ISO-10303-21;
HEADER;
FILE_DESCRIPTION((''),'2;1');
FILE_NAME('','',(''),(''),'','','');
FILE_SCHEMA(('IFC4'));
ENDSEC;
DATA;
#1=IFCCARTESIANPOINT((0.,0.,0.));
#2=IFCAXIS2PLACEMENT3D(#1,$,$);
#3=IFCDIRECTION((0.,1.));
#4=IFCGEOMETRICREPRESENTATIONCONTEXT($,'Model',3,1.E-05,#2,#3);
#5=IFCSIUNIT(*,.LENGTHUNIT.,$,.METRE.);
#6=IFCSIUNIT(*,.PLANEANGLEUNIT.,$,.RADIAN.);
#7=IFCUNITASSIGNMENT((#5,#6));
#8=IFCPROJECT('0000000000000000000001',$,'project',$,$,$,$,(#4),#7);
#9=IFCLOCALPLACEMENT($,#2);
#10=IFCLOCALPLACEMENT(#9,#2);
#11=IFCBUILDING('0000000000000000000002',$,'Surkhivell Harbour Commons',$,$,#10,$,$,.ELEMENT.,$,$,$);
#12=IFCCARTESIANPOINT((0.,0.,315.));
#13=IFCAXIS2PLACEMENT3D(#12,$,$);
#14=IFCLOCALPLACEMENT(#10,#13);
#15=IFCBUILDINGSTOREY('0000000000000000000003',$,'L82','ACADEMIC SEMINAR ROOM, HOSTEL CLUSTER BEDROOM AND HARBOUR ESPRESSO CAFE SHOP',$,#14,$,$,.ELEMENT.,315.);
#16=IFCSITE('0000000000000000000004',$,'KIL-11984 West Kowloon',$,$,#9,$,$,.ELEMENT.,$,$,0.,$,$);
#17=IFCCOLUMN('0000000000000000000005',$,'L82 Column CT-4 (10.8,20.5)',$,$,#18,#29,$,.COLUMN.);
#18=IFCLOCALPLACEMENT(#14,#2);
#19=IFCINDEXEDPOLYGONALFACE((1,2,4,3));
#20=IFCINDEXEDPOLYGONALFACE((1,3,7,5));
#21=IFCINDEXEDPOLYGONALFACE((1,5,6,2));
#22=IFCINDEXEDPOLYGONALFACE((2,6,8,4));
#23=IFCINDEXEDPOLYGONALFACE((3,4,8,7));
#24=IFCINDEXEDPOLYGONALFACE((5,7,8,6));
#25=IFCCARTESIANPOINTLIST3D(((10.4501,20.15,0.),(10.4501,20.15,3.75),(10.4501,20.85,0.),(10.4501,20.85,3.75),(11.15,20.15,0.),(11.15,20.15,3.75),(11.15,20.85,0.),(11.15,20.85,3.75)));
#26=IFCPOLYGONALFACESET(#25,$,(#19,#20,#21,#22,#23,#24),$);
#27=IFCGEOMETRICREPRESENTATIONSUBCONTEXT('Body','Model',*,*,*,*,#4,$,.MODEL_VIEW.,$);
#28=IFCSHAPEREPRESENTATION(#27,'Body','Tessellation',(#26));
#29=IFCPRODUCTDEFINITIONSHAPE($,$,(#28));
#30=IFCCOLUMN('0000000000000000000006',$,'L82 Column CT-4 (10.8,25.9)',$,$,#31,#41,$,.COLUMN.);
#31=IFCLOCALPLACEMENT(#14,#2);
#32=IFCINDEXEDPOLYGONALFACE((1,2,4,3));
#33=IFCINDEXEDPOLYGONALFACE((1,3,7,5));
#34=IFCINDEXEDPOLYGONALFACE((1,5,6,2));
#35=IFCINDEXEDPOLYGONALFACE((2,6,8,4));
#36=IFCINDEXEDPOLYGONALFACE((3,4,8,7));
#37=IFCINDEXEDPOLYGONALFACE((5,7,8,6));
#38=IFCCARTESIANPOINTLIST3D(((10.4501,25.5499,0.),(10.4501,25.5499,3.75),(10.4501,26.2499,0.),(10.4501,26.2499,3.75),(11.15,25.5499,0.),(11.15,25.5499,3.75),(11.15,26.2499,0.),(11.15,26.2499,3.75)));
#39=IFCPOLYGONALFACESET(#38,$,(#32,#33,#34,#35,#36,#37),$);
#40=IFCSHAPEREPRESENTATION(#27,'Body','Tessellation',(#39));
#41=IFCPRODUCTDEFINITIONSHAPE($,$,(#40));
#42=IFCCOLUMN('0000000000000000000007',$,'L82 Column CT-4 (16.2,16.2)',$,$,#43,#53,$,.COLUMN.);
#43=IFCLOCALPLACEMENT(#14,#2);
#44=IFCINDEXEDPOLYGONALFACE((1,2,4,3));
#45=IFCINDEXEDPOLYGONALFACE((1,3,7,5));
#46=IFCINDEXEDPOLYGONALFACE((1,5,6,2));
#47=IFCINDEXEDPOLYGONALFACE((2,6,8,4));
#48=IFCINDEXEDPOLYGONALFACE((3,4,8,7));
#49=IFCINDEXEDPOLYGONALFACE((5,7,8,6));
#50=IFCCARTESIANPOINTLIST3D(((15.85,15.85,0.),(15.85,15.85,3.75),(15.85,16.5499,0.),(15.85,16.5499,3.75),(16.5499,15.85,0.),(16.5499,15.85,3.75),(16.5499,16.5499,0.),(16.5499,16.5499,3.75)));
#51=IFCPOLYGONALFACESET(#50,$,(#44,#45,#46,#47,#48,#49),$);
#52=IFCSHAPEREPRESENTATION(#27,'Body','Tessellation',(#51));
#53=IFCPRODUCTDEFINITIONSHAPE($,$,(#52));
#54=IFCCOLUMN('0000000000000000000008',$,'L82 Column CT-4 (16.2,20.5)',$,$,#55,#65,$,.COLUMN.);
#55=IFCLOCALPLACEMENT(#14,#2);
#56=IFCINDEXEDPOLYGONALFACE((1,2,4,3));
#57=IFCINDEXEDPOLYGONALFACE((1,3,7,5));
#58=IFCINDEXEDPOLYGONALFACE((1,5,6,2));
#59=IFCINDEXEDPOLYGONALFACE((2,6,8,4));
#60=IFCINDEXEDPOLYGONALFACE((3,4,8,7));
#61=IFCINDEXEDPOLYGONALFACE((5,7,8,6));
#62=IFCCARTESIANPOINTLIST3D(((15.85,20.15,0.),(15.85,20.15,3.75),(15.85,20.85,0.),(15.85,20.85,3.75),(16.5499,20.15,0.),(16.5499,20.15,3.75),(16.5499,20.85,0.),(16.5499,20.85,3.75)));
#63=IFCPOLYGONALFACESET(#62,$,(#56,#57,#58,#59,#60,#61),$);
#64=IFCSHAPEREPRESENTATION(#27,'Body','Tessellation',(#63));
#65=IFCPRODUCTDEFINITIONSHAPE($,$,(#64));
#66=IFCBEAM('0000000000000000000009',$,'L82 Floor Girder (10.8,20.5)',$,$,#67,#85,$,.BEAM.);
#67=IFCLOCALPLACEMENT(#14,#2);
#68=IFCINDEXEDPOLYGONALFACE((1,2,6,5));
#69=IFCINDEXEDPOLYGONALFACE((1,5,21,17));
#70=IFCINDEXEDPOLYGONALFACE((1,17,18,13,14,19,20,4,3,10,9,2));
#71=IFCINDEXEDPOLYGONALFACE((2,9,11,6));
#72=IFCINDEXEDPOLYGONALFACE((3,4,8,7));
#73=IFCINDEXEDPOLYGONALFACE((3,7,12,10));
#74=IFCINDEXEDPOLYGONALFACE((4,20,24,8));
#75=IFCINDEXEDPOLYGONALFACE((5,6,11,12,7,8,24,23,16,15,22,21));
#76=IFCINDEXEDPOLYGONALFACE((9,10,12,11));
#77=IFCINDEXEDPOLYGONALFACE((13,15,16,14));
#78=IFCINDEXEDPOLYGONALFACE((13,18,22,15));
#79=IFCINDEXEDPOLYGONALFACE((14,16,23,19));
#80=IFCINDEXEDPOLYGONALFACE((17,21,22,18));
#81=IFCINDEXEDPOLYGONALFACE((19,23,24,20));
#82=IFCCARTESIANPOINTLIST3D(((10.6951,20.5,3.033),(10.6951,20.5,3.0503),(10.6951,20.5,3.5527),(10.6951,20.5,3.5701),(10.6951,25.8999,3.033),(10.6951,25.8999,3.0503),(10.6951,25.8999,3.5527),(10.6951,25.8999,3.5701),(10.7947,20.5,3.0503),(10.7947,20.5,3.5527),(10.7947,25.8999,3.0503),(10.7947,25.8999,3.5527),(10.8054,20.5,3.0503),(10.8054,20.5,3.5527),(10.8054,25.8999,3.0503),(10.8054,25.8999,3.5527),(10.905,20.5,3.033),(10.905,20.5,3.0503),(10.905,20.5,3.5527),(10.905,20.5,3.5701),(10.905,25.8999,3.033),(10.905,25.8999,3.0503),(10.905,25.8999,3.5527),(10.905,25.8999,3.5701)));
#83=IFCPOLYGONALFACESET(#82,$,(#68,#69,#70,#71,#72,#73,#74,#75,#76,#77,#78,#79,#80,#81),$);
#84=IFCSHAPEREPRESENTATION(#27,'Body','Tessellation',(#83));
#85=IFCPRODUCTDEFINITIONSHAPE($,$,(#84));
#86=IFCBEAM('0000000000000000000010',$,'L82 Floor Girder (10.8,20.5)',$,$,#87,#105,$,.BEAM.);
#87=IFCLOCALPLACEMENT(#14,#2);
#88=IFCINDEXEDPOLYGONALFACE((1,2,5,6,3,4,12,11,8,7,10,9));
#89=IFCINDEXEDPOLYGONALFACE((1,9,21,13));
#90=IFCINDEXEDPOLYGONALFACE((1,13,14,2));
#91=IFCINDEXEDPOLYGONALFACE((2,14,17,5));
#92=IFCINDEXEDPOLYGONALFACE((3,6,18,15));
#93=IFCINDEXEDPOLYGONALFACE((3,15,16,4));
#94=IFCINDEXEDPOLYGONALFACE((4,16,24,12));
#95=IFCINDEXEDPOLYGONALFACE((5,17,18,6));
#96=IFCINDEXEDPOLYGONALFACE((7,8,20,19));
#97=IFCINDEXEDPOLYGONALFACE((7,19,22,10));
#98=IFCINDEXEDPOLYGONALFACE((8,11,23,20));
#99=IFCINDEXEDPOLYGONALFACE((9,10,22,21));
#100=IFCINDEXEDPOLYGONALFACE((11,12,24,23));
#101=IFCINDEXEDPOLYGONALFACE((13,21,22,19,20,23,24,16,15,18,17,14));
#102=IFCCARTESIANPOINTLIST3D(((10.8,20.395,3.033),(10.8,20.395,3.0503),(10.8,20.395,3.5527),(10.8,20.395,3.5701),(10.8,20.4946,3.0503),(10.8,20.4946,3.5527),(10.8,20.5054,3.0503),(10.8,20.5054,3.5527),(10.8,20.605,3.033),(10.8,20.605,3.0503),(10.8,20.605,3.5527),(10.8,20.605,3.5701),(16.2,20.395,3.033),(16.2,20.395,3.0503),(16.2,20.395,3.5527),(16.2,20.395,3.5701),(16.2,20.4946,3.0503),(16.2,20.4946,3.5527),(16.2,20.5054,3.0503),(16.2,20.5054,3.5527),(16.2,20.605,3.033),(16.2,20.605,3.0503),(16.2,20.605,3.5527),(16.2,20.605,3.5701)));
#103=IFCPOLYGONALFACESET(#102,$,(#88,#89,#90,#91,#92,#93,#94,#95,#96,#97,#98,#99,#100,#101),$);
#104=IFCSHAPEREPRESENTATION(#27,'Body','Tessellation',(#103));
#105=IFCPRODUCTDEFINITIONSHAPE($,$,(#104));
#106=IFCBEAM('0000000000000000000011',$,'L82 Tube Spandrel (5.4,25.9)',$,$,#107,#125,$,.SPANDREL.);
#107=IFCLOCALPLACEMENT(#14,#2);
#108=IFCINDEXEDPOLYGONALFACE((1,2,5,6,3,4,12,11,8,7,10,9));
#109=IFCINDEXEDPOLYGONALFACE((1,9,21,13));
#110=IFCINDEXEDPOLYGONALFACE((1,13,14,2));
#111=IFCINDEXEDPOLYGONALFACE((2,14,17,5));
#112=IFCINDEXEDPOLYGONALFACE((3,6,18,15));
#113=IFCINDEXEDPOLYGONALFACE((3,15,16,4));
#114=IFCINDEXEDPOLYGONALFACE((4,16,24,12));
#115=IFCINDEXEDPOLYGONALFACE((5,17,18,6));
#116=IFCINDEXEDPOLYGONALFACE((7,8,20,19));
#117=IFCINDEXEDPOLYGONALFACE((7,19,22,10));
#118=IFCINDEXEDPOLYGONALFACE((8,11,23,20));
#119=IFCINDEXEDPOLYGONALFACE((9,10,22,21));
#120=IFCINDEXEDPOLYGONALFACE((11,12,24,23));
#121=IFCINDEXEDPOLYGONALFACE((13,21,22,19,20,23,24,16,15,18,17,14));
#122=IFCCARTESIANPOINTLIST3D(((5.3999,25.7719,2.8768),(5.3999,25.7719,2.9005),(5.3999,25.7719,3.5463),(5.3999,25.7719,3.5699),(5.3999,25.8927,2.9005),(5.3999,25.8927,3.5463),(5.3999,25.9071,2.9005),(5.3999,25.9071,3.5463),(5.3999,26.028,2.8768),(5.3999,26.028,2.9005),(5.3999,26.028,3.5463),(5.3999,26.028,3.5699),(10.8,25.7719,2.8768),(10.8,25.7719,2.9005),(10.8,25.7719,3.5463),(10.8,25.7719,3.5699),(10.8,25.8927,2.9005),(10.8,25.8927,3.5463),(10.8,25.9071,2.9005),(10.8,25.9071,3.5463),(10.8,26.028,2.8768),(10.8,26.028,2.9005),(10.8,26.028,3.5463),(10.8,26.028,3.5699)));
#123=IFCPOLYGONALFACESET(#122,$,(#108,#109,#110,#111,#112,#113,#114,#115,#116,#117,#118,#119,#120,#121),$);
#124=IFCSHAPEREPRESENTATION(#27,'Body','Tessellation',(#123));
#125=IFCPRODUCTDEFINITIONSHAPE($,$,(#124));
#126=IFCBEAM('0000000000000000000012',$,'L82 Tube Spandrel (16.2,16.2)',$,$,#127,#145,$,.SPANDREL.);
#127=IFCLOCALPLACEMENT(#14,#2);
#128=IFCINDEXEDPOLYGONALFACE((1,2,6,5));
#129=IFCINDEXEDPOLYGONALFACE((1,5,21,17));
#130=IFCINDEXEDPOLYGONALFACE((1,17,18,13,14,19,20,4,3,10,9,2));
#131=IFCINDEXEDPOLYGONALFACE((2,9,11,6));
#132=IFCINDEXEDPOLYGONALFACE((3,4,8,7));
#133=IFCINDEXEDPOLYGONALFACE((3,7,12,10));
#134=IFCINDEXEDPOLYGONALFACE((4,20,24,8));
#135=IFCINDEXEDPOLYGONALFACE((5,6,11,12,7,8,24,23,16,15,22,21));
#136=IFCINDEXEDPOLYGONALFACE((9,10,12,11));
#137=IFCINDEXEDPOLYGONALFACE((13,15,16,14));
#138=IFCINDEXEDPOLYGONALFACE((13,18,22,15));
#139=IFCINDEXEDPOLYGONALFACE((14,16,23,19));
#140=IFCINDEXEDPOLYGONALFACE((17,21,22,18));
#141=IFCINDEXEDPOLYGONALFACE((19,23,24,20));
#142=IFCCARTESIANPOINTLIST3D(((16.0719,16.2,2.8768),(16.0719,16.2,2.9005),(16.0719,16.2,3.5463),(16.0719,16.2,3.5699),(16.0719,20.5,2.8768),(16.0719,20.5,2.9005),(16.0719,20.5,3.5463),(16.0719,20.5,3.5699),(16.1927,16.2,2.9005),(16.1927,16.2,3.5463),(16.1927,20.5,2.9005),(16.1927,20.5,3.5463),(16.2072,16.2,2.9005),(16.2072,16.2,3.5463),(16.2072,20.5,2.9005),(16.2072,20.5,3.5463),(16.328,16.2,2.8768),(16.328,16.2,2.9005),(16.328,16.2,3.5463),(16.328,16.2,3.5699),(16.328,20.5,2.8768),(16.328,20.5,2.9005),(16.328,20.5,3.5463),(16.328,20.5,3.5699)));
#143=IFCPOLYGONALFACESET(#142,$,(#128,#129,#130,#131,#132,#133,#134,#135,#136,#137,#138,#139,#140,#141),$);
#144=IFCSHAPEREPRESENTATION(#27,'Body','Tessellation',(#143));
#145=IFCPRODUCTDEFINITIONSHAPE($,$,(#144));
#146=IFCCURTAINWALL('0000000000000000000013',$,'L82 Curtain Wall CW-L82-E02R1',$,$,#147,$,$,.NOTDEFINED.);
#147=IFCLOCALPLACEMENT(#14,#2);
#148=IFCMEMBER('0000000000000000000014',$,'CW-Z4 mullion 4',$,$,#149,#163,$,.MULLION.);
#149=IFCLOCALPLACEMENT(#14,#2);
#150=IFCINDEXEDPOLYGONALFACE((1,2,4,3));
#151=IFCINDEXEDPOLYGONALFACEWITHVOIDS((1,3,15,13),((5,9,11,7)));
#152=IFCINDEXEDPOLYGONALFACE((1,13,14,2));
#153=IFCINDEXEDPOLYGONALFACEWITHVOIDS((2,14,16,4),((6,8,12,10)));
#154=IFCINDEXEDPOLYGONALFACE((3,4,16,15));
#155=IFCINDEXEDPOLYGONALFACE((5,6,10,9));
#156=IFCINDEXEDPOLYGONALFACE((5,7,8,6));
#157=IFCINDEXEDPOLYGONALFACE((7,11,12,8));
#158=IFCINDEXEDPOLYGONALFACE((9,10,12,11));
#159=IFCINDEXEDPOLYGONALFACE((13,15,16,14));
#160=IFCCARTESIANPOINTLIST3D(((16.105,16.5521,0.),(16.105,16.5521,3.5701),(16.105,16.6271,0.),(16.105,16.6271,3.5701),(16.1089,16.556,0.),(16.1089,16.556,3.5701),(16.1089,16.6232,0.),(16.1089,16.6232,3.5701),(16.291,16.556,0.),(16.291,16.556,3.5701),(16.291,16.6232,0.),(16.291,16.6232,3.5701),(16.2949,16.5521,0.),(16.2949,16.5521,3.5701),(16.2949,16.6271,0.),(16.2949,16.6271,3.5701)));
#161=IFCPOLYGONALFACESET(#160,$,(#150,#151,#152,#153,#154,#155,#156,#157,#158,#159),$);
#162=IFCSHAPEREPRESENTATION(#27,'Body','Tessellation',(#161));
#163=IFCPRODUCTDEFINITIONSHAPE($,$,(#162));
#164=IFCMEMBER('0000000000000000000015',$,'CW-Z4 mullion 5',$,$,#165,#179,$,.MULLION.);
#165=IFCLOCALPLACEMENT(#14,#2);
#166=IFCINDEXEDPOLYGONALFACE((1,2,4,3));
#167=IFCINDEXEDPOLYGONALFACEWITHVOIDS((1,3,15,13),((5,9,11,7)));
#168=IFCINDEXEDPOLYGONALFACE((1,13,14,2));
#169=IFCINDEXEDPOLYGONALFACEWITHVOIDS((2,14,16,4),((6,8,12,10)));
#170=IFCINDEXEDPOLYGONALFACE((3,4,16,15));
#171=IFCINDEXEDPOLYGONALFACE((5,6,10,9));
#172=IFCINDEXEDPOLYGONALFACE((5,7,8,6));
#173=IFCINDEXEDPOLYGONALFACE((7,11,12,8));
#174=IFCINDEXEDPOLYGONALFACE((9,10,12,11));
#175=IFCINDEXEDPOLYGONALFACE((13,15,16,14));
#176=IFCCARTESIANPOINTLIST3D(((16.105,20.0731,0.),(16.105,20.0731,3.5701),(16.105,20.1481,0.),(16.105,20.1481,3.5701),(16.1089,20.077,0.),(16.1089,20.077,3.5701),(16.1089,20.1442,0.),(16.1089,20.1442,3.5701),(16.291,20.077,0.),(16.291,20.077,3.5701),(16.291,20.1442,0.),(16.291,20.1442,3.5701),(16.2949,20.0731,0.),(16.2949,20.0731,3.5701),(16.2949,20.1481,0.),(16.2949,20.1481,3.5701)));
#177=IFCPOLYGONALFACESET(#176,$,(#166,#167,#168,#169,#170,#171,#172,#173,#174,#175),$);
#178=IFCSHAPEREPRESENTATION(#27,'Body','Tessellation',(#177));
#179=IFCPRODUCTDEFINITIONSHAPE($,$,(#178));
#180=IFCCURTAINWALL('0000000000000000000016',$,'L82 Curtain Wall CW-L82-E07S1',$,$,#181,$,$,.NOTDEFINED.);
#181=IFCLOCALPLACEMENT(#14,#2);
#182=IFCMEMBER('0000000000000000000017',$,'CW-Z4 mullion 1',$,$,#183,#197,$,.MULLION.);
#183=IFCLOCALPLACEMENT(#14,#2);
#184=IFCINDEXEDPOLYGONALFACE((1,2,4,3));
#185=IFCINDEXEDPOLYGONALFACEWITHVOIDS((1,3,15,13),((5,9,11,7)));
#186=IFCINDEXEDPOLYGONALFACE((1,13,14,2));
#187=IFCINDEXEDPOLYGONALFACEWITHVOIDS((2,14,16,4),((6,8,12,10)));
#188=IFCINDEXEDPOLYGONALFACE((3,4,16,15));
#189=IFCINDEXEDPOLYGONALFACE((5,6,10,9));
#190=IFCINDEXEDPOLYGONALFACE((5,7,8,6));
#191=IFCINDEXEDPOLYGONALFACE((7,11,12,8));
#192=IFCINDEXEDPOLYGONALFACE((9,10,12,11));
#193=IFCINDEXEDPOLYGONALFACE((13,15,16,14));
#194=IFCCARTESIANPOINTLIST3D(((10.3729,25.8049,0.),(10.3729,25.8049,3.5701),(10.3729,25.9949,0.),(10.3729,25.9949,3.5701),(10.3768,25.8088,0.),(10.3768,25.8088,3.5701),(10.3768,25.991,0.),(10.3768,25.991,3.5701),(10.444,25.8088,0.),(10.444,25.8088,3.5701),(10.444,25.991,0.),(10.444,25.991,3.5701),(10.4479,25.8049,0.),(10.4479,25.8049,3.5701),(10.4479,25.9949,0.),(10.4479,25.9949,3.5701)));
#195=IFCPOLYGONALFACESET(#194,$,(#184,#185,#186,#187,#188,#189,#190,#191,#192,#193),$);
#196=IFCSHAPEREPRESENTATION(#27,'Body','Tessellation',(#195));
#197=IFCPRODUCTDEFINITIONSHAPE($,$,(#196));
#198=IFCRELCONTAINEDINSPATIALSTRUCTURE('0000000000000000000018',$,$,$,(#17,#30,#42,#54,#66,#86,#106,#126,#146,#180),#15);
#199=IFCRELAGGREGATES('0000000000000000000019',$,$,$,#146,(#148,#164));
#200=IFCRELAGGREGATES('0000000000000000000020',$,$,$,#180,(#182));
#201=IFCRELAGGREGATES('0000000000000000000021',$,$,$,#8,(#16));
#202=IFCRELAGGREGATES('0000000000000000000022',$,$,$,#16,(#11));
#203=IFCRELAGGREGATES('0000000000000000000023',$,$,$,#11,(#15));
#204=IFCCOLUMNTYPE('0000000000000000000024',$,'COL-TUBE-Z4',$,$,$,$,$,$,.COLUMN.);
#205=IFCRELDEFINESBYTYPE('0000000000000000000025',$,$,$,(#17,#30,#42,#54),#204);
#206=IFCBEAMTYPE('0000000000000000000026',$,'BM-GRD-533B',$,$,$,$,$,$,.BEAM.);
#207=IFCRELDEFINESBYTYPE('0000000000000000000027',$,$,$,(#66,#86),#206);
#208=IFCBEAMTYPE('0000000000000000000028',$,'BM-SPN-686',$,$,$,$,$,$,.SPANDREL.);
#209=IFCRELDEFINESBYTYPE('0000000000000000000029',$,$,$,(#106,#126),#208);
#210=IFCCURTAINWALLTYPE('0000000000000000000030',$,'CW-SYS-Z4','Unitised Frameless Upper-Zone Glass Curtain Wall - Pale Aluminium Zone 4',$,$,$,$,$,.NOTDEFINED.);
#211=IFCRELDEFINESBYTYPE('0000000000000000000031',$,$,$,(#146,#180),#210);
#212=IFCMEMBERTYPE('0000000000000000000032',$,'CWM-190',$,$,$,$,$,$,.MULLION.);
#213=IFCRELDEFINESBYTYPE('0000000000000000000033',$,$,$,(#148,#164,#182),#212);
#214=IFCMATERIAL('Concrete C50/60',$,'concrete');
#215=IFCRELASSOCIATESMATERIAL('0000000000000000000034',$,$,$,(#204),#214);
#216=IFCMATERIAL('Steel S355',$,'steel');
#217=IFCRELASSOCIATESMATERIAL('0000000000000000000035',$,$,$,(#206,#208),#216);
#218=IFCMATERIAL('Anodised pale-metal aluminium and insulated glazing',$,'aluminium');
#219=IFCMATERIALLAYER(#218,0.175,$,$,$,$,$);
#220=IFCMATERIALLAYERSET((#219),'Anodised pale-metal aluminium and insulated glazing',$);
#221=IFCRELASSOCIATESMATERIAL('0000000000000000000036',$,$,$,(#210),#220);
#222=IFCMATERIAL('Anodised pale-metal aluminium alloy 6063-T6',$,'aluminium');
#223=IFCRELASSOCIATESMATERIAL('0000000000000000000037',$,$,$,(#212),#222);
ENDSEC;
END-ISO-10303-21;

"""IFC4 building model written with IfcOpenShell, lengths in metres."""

from ifc_helpers import new_model, si_unit, direction, frame, origin, origin_2d, place, context, subcontext, project, spatial, rectangle, hollow_rectangle, i_section, extrude, material, layer, layer_set, material_profile, profile_set, type_object, element, aggregate, save


model = new_model("IFC4")

# Units and contexts
model_context = context("Model", 3, precision=1e-05, world=origin(), true_north=direction((0.0, 1.0)))
body_context = subcontext(model_context, "Body", "Model", "MODEL_VIEW")
ifc_project = project(units=[si_unit("LENGTHUNIT", "METRE"), si_unit("PLANEANGLEUNIT", "RADIAN")], contexts=[model_context])

# Site, building, storey
site_placement = place(None, origin())
site = spatial("IfcSite", under=ifc_project, at=site_placement, Name="KIL-11984 West Kowloon", CompositionType="ELEMENT", RefElevation=0.0)
building_placement = place(site_placement, origin())
building = spatial("IfcBuilding", under=site, at=building_placement, Name="Surkhivell Harbour Commons", CompositionType="ELEMENT")
storey_placement = place(building_placement, frame((0.0, 0.0, 315.0)))
storey = spatial("IfcBuildingStorey", under=building, at=storey_placement, Name="L82", Description="ACADEMIC SEMINAR ROOM, HOSTEL CLUSTER BEDROOM AND HARBOUR ESPRESSO CAFE SHOP", CompositionType="ELEMENT", Elevation=315.0)

# Columns
ifc_material_1 = material(Name="Concrete C50/60", Category="concrete")
ifc_material_profile_1 = material_profile(ifc_material_1, rectangle(XDim=0.7, YDim=0.7, at=origin_2d()), Name="RC-COL-700x700")
ifc_profile_set_1 = profile_set([ifc_material_profile_1], Name="Concrete C50/60")
column_type = type_object("IfcColumnType", Name="COL-TUBE-Z4", PredefinedType="COLUMN", material=ifc_profile_set_1)
for number, where, z_axis, x_axis, name in (
    (1, (10.8, 20.5, 0.0), (0.0, 0.0, 1.0), (1.0, 0.0, 0.0), "L82 Column CT-4 (10.8,20.5)"),
    (2, (10.8, 25.8999, 0.0), (0.0, 0.0, 1.0), (1.0, 0.0, 0.0), "L82 Column CT-4 (10.8,25.9)"),
    (3, (16.2, 16.2, 0.0), (0.0, 0.0, 1.0), (1.0, 0.0, 0.0), "L82 Column CT-4 (16.2,16.2)"),
    (4, (16.2, 20.5, 0.0), (0.0, 0.0, 1.0), (1.0, 0.0, 0.0), "L82 Column CT-4 (16.2,20.5)"),
):
    element("IfcColumn", number, at=place(storey_placement, frame(where, z_axis=z_axis, x_axis=x_axis)), inside=storey, type_object=column_type, Name=name, PredefinedType="COLUMN", context=body_context, shape_type="SweptSolid", body=[
        extrude(rectangle(XDim=0.7, YDim=0.7, at=origin_2d()), origin(), (0.0, 0.0, 1.0), 3.75),
    ])

# Beams
ifc_material_2 = material(Name="Steel S355", Category="steel")
ifc_material_profile_2 = material_profile(ifc_material_2, i_section(OverallWidth=0.21, OverallDepth=0.5371, WebThickness=0.0107, FlangeThickness=0.0173, at=origin_2d()), Name="UB533x210x101")
ifc_profile_set_2 = profile_set([ifc_material_profile_2], Name="Steel S355")
beam_type_1 = type_object("IfcBeamType", Name="BM-GRD-533B", PredefinedType="BEAM", material=ifc_profile_set_2)
for number, where, z_axis, x_axis, name in (
    (5, (10.8, 20.5, 3.3015), (0.0, 1.0, 0.0), (-1.0, 0.0, 0.0), "L82 Floor Girder (10.8,20.5)"),
    (6, (10.8, 20.5, 3.3015), (1.0, 0.0, 0.0), (0.0, 1.0, 0.0), "L82 Floor Girder (10.8,20.5)"),
):
    element("IfcBeam", number, at=place(storey_placement, frame(where, z_axis=z_axis, x_axis=x_axis)), inside=storey, type_object=beam_type_1, Name=name, PredefinedType="BEAM", context=body_context, shape_type="SweptSolid", body=[
        extrude(i_section(OverallWidth=0.21, OverallDepth=0.5371, WebThickness=0.0107, FlangeThickness=0.0173, at=origin_2d()), origin(), (0.0, 0.0, 1.0), 5.3999),
    ])
ifc_material_profile_3 = material_profile(ifc_material_2, i_section(OverallWidth=0.2561, OverallDepth=0.6931, WebThickness=0.0144, FlangeThickness=0.0237, at=origin_2d()), Name="UB686x254x170")
ifc_profile_set_3 = profile_set([ifc_material_profile_3], Name="Steel S355")
beam_type_2 = type_object("IfcBeamType", Name="BM-SPN-686", PredefinedType="SPANDREL", material=ifc_profile_set_3)
beam_1_placement = place(storey_placement, frame((5.3999, 25.8999, 3.2234), z_axis=(1.0, 0.0, 0.0), x_axis=(0.0, 1.0, 0.0)))
element("IfcBeam", 7, at=beam_1_placement, inside=storey, type_object=beam_type_2, Name="L82 Tube Spandrel (5.4,25.9)", PredefinedType="SPANDREL", context=body_context, shape_type="SweptSolid", body=[
    extrude(i_section(OverallWidth=0.2561, OverallDepth=0.6931, WebThickness=0.0144, FlangeThickness=0.0237, at=origin_2d()), origin(), (0.0, 0.0, 1.0), 5.4001),
])
beam_2_placement = place(storey_placement, frame((16.2, 16.2, 3.2234), z_axis=(0.0, 1.0, 0.0), x_axis=(-1.0, 0.0, 0.0)))
element("IfcBeam", 8, at=beam_2_placement, inside=storey, type_object=beam_type_2, Name="L82 Tube Spandrel (16.2,16.2)", PredefinedType="SPANDREL", context=body_context, shape_type="SweptSolid", body=[
    extrude(i_section(OverallWidth=0.2561, OverallDepth=0.6931, WebThickness=0.0144, FlangeThickness=0.0237, at=origin_2d()), origin(), (0.0, 0.0, 1.0), 4.3),
])

# Curtain walls, members
ifc_material_3 = material(Name="Anodised pale-metal aluminium and insulated glazing", Category="aluminium")
ifc_layer_1 = layer(ifc_material_3, 0.175)
ifc_layer_set_1 = layer_set([ifc_layer_1], Name="Anodised pale-metal aluminium and insulated glazing")
curtain_wall_type = type_object("IfcCurtainWallType", Name="CW-SYS-Z4", Description="Unitised Frameless Upper-Zone Glass Curtain Wall - Pale Aluminium Zone 4", PredefinedType="NOTDEFINED", material=ifc_layer_set_1)
curtain_wall_1_placement = place(storey_placement, origin())
curtain_wall_1 = element("IfcCurtainWall", 9, at=curtain_wall_1_placement, inside=storey, type_object=curtain_wall_type, Name="L82 Curtain Wall CW-L82-E02R1", PredefinedType="NOTDEFINED")
ifc_material_4 = material(Name="Anodised pale-metal aluminium alloy 6063-T6", Category="aluminium")
ifc_material_profile_4 = material_profile(ifc_material_4, hollow_rectangle(XDim=0.075, YDim=0.1899, WallThickness=0.0039, at=origin_2d()), Name="ALU-MULL-75x190")
ifc_profile_set_4 = profile_set([ifc_material_profile_4], Name="Anodised pale-metal aluminium alloy 6063-T6")
member_type_1 = type_object("IfcMemberType", Name="CWM-190", PredefinedType="MULLION", material=ifc_profile_set_4)
member_1_placement = place(storey_placement, frame((16.2, 16.5896, 0.0), z_axis=(0.0, 0.0, 1.0), x_axis=(0.0, 1.0, 0.0)))
member_1 = element("IfcMember", 10, at=member_1_placement, type_object=member_type_1, Name="CW-Z4 mullion 4", PredefinedType="MULLION", context=body_context, shape_type="SweptSolid", body=[
    extrude(hollow_rectangle(XDim=0.075, YDim=0.1899, WallThickness=0.0039, at=origin_2d()), origin(), (0.0, 0.0, 1.0), 3.5701),
])
member_2_placement = place(storey_placement, frame((16.2, 20.1106, 0.0), z_axis=(0.0, 0.0, 1.0), x_axis=(0.0, 1.0, 0.0)))
member_2 = element("IfcMember", 11, at=member_2_placement, type_object=member_type_1, Name="CW-Z4 mullion 5", PredefinedType="MULLION", context=body_context, shape_type="SweptSolid", body=[
    extrude(hollow_rectangle(XDim=0.075, YDim=0.1899, WallThickness=0.0039, at=origin_2d()), origin(), (0.0, 0.0, 1.0), 3.5701),
])
curtain_wall_2_placement = place(storey_placement, origin())
curtain_wall_2 = element("IfcCurtainWall", 12, at=curtain_wall_2_placement, inside=storey, type_object=curtain_wall_type, Name="L82 Curtain Wall CW-L82-E07S1", PredefinedType="NOTDEFINED")
member_3_placement = place(storey_placement, frame((10.4104, 25.8999, 0.0), z_axis=(0.0, 0.0, 1.0), x_axis=(-1.0, 0.0, 0.0)))
member_3 = element("IfcMember", 13, at=member_3_placement, type_object=member_type_1, Name="CW-Z4 mullion 1", PredefinedType="MULLION", context=body_context, shape_type="SweptSolid", body=[
    extrude(hollow_rectangle(XDim=0.075, YDim=0.1899, WallThickness=0.0039, at=origin_2d()), origin(), (0.0, 0.0, 1.0), 3.5701),
])

aggregate(curtain_wall_1, [member_1, member_2])
aggregate(curtain_wall_2, [member_3])

save(model, "model.ifc")
